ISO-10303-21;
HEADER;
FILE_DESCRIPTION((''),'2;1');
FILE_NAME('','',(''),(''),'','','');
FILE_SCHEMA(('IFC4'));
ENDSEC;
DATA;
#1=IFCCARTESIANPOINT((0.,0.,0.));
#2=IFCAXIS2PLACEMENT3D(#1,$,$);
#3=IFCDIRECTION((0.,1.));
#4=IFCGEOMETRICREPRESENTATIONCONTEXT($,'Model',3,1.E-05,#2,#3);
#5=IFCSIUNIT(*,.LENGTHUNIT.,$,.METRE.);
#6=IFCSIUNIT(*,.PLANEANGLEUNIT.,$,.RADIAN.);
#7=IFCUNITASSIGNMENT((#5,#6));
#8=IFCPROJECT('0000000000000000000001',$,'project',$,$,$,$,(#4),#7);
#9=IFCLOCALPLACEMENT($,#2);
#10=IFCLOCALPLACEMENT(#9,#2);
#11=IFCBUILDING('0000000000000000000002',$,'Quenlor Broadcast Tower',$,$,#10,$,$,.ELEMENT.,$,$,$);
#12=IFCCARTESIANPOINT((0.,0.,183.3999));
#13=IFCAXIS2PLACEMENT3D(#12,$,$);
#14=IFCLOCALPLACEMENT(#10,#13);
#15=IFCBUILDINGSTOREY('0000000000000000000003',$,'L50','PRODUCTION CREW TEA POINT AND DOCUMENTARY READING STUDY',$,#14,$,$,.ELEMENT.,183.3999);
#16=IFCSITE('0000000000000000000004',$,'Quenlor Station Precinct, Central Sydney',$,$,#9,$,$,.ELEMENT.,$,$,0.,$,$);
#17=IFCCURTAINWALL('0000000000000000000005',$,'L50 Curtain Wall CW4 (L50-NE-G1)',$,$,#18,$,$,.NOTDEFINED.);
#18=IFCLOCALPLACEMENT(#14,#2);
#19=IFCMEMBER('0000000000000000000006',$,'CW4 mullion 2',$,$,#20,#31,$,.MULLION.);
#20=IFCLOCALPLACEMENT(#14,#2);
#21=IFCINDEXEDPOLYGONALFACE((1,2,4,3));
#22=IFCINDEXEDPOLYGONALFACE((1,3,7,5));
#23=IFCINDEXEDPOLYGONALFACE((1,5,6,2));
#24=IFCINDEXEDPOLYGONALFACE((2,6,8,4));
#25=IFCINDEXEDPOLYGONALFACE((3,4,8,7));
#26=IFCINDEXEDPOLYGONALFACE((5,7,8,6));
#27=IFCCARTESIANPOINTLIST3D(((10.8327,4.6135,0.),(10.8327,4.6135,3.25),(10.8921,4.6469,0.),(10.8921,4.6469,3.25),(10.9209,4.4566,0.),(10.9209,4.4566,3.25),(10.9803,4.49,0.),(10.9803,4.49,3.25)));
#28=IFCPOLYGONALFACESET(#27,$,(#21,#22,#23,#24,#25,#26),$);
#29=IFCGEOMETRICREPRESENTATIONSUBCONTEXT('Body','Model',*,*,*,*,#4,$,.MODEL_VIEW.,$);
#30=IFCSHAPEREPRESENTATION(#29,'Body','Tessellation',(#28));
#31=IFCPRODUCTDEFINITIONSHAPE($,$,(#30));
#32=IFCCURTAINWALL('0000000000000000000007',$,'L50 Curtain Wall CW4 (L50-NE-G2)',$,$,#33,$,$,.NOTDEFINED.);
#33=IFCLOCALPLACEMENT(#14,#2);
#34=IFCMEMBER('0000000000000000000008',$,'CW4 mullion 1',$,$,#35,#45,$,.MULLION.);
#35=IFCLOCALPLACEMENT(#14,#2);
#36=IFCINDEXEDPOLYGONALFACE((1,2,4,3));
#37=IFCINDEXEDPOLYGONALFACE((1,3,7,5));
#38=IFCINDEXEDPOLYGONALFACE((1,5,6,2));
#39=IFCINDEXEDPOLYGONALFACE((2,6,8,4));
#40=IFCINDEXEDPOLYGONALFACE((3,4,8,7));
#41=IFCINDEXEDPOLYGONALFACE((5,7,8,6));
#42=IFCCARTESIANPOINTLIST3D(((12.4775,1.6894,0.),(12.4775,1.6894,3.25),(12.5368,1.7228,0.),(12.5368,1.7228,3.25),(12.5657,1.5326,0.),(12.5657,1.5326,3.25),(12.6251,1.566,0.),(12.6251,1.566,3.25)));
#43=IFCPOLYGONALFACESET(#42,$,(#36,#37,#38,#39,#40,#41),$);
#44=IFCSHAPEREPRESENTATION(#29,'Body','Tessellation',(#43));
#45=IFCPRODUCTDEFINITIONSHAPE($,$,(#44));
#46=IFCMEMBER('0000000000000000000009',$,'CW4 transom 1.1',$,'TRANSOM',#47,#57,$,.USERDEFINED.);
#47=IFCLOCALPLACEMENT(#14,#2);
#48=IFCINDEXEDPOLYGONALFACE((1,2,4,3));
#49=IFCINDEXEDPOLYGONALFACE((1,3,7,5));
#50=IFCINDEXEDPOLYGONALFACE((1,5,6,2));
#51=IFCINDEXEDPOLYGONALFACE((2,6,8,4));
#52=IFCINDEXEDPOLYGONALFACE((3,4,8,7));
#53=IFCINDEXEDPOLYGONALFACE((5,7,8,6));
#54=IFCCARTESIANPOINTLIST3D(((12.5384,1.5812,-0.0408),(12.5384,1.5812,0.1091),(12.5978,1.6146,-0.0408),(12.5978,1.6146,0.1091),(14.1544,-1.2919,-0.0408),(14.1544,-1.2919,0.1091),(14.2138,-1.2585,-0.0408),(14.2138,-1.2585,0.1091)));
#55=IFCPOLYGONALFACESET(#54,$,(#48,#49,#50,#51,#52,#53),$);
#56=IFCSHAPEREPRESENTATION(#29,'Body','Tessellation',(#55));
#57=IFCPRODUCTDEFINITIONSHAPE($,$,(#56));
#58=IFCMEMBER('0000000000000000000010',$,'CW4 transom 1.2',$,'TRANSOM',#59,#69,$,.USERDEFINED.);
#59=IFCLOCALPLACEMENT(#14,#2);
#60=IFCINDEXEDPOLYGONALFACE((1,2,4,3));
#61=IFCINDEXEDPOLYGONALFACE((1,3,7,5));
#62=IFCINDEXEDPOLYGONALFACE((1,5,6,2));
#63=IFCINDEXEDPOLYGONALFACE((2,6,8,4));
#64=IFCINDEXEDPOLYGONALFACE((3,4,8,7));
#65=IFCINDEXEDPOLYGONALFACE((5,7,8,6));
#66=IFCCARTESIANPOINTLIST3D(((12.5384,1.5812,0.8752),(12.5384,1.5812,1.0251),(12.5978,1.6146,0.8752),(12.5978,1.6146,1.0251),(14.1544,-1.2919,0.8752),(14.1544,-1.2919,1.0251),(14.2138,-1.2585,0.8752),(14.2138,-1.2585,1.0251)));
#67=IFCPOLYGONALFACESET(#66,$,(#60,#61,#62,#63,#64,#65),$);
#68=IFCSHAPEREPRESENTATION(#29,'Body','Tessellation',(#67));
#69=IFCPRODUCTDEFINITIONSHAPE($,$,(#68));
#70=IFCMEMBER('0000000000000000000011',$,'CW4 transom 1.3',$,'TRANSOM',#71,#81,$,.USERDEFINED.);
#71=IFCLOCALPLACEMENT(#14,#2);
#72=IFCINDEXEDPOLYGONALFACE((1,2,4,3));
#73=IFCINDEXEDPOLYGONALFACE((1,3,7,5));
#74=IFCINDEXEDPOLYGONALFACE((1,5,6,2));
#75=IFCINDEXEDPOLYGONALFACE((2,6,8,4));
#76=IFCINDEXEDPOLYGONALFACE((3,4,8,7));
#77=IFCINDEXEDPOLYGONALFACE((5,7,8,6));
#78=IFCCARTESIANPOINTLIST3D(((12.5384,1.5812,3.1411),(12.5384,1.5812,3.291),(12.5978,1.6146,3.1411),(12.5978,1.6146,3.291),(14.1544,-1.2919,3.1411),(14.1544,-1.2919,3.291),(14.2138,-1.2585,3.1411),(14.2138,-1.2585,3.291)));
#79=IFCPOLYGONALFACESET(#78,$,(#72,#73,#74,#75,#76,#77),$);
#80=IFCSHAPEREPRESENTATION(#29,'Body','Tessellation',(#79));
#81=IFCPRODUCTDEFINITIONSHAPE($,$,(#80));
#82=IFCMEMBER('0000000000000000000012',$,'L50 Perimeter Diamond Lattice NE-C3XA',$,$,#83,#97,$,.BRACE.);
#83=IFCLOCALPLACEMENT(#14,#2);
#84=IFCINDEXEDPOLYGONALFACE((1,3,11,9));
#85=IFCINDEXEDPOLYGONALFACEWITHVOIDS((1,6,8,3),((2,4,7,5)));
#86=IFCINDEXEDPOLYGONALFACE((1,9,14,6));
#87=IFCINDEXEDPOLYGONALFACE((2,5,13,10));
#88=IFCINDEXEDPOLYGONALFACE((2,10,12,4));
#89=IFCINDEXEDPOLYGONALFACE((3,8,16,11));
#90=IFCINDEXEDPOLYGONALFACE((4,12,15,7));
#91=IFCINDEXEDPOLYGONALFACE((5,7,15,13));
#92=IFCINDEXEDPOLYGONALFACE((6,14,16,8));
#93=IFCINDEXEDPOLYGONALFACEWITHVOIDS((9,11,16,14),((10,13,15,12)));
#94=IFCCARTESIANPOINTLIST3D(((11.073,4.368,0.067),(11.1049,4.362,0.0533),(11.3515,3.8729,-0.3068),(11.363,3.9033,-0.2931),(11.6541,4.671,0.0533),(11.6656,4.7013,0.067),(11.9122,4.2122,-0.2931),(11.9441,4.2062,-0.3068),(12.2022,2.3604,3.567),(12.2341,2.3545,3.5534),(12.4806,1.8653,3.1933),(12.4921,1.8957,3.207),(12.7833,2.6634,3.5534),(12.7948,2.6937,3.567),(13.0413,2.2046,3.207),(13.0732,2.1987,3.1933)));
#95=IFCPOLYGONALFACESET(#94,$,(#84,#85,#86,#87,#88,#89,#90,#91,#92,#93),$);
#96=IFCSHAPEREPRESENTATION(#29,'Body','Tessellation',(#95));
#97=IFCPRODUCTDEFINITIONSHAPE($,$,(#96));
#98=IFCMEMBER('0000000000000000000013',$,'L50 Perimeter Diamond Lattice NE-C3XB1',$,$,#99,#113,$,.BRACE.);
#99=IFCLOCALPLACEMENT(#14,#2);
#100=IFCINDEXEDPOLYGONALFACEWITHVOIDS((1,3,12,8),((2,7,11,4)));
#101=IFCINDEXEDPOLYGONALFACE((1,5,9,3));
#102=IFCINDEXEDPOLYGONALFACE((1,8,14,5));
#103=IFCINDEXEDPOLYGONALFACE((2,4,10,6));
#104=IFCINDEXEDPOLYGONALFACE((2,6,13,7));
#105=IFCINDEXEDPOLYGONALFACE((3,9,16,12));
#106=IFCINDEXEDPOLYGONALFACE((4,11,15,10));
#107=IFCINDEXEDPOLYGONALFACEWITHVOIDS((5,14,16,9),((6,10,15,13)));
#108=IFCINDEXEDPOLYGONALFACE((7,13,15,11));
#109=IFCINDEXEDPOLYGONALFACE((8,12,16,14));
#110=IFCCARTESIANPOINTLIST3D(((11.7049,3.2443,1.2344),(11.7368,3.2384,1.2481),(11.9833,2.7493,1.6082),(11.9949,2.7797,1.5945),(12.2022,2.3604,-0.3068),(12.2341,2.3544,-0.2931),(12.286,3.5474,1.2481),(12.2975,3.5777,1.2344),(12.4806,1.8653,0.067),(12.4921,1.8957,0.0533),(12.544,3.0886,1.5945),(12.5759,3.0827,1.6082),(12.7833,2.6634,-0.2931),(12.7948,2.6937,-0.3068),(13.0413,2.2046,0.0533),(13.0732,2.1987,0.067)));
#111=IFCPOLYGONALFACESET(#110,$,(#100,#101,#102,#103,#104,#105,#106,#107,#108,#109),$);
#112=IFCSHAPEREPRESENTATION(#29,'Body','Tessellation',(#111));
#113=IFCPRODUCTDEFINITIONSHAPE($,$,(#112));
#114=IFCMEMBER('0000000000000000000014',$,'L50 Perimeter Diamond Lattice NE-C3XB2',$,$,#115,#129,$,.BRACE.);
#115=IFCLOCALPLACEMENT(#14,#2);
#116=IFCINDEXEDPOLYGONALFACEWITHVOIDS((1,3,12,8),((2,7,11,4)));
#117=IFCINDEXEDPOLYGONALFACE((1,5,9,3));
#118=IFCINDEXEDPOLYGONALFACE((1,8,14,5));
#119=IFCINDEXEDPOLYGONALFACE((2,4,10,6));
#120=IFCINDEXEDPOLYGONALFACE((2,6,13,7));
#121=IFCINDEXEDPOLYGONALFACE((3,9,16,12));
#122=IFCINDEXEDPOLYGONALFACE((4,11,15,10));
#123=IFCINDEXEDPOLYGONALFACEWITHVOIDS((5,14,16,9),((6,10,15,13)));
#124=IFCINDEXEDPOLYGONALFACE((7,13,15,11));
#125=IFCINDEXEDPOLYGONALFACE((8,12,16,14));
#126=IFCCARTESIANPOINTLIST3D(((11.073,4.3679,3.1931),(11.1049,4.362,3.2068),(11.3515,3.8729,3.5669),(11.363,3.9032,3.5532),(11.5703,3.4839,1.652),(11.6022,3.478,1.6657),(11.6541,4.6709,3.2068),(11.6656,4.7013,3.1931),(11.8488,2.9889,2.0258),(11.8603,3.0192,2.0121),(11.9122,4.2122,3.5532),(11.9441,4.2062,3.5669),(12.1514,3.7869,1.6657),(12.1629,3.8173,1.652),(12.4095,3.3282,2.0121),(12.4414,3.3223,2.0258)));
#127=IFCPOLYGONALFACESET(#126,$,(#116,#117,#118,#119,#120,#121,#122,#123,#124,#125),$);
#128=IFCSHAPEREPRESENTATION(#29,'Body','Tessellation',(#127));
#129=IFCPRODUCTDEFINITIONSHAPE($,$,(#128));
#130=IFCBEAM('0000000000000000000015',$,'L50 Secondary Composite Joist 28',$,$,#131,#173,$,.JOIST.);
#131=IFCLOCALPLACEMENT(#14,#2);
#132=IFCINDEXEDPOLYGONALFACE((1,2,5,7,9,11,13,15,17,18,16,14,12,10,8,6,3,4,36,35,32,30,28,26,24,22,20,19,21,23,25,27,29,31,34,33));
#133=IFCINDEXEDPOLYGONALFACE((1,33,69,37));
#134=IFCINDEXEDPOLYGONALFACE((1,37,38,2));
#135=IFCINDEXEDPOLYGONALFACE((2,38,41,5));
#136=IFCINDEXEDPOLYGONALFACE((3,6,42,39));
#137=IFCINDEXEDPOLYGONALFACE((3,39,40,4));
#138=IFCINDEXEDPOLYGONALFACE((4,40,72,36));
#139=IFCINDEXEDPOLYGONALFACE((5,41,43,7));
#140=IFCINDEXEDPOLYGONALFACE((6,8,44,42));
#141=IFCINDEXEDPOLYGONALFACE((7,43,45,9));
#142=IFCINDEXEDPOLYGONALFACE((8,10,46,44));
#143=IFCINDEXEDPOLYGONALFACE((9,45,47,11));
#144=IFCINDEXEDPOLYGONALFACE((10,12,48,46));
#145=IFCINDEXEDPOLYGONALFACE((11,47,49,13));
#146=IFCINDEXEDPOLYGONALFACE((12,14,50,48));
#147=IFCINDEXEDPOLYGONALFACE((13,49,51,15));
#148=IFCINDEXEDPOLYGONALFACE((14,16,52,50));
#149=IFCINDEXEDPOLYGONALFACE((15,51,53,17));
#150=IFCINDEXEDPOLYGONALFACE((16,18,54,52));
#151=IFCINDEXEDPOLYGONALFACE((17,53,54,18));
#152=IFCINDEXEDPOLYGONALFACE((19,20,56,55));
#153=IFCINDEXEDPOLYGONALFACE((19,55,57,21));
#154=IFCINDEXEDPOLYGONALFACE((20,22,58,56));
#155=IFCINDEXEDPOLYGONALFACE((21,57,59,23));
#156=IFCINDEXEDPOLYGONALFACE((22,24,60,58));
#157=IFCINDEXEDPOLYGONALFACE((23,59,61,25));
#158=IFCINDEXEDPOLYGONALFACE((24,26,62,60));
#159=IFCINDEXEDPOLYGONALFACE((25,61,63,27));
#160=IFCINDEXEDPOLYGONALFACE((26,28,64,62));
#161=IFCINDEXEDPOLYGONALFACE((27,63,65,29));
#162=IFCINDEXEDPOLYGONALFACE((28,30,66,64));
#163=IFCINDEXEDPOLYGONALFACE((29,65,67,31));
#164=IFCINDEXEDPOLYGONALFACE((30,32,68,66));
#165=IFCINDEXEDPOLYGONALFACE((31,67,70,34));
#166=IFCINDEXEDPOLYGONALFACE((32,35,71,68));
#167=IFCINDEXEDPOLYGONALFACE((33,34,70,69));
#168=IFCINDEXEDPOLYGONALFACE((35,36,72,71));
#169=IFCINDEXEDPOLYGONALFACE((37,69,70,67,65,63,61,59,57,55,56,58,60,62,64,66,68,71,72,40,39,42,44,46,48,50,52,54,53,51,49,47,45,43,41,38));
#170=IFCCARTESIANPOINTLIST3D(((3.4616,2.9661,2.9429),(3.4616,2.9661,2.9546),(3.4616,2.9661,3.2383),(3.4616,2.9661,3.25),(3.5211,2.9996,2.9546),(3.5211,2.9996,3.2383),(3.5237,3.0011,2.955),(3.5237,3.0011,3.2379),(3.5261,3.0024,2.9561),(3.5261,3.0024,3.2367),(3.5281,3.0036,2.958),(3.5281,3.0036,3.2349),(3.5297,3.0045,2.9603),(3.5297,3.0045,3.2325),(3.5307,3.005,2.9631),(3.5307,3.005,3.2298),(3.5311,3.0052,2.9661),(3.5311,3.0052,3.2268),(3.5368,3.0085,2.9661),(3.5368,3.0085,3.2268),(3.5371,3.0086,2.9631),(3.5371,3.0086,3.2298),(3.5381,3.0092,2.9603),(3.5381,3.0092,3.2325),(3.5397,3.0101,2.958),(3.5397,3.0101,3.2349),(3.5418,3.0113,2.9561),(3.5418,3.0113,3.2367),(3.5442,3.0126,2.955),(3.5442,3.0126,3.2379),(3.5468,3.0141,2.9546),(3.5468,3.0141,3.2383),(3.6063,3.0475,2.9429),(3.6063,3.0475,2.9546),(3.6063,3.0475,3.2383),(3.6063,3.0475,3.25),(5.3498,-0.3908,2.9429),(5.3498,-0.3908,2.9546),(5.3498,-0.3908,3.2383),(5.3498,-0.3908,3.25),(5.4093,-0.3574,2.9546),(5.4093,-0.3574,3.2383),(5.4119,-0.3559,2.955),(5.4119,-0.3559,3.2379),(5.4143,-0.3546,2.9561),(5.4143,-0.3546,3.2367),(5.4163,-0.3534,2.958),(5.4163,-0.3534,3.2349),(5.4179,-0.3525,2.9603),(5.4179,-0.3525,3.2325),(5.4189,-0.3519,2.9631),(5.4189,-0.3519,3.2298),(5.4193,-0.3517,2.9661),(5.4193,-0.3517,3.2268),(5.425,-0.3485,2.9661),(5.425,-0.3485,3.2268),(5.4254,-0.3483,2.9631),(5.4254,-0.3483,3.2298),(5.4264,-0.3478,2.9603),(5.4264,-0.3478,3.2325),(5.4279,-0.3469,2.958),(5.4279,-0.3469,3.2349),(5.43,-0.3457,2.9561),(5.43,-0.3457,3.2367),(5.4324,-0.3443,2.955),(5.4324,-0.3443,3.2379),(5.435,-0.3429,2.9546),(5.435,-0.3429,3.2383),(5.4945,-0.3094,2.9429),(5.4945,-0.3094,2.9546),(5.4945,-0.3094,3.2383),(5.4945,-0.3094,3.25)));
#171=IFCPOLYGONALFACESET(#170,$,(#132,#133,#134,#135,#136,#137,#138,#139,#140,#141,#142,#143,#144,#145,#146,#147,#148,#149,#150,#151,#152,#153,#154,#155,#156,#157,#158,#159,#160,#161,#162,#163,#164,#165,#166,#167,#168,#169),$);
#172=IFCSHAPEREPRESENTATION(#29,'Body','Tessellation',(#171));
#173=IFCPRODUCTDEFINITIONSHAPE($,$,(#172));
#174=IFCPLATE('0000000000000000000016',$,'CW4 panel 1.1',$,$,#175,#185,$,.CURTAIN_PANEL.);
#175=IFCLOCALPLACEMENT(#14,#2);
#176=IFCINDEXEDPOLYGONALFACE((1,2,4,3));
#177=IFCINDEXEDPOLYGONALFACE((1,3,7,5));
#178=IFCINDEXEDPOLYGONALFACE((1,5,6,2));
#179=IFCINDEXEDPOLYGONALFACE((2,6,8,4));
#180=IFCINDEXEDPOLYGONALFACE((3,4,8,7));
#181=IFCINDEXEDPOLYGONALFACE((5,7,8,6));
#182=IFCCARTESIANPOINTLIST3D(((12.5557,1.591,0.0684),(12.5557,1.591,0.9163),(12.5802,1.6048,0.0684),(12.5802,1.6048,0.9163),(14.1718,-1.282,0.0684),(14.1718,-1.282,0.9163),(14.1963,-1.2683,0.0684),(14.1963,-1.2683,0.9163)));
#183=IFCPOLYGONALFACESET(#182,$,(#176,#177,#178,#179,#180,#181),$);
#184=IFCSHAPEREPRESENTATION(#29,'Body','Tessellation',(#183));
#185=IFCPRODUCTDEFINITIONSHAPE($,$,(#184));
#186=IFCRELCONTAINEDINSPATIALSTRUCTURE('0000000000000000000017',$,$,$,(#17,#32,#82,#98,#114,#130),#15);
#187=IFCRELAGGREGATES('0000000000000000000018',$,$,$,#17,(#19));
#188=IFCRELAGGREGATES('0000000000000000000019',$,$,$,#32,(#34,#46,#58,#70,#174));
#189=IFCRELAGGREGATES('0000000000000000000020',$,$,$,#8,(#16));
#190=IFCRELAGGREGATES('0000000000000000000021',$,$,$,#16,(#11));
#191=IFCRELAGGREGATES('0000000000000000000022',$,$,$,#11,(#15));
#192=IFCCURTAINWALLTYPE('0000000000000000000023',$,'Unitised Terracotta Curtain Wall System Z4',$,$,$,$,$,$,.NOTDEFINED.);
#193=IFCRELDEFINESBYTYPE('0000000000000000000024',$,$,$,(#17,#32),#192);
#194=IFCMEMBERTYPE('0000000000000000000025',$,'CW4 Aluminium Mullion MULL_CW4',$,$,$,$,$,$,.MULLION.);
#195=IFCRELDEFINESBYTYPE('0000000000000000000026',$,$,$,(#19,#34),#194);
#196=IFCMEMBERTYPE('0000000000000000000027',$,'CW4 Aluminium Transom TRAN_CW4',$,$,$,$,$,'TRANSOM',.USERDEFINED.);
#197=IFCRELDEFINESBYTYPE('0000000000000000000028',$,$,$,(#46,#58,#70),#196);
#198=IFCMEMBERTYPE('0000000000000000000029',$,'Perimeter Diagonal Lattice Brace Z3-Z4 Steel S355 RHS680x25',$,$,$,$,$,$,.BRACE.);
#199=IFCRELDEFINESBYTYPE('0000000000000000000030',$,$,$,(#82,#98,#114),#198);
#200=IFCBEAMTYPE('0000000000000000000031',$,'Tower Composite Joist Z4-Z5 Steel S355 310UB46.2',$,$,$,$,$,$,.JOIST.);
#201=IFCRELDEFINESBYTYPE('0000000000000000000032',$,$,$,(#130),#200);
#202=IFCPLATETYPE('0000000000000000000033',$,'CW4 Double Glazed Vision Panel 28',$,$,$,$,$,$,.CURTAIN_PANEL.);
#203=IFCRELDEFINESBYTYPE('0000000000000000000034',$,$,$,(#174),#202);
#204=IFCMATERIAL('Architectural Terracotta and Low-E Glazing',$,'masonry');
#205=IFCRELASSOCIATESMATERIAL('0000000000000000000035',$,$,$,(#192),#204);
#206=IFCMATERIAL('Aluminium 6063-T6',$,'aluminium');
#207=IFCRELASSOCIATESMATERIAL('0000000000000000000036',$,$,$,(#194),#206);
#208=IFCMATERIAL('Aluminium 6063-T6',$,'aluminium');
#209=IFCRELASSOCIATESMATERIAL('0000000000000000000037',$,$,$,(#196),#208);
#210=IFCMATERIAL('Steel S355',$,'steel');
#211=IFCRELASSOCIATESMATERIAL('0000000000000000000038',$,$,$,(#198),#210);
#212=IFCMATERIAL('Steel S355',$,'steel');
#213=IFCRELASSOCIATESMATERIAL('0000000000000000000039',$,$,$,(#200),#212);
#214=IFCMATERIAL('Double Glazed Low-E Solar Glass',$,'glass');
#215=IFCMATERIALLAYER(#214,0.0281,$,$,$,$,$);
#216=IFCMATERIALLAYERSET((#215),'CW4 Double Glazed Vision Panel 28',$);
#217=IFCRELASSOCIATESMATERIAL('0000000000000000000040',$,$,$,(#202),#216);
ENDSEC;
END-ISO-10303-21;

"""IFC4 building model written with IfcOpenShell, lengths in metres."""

from ifc_helpers import new_model, si_unit, direction, frame, origin, origin_2d, place, context, subcontext, project, spatial, rectangle, hollow_rectangle, i_section, extrude, material, layer, layer_set, material_profile, profile_set, type_object, element, aggregate, save


model = new_model("IFC4")

# Units and contexts
model_context = context("Model", 3, precision=1e-05, world=origin(), true_north=direction((0.0, 1.0)))
body_context = subcontext(model_context, "Body", "Model", "MODEL_VIEW")
ifc_project = project(units=[si_unit("LENGTHUNIT", "METRE"), si_unit("PLANEANGLEUNIT", "RADIAN")], contexts=[model_context])

# Site, building, storey
site_placement = place(None, origin())
site = spatial("IfcSite", under=ifc_project, at=site_placement, Name="Quenlor Station Precinct, Central Sydney", CompositionType="ELEMENT", RefElevation=0.0)
building_placement = place(site_placement, origin())
building = spatial("IfcBuilding", under=site, at=building_placement, Name="Quenlor Broadcast Tower", CompositionType="ELEMENT")
storey_placement = place(building_placement, frame((0.0, 0.0, 183.3999)))
storey = spatial("IfcBuildingStorey", under=building, at=storey_placement, Name="L50", Description="PRODUCTION CREW TEA POINT AND DOCUMENTARY READING STUDY", CompositionType="ELEMENT", Elevation=183.3999)

# Curtain wall, member
ifc_material_1 = material(Name="Architectural Terracotta and Low-E Glazing", Category="masonry")
curtain_wall_type = type_object("IfcCurtainWallType", Name="Unitised Terracotta Curtain Wall System Z4", PredefinedType="NOTDEFINED", material=ifc_material_1)
curtain_wall_1_placement = place(storey_placement, origin())
curtain_wall_1 = element("IfcCurtainWall", 1, at=curtain_wall_1_placement, inside=storey, type_object=curtain_wall_type, Name="L50 Curtain Wall CW4 (L50-NE-G1)", PredefinedType="NOTDEFINED")
ifc_material_2 = material(Name="Aluminium 6063-T6", Category="aluminium")
ifc_material_profile_1 = material_profile(ifc_material_2, rectangle(XDim=0.0681, YDim=0.1799, at=origin_2d()))
ifc_profile_set_1 = profile_set([ifc_material_profile_1], Name="Aluminium 6063-T6 MULL68x180")
member_type_1 = type_object("IfcMemberType", Name="CW4 Aluminium Mullion MULL_CW4", PredefinedType="MULLION", material=ifc_profile_set_1)
member_1_placement = place(storey_placement, frame((10.9065, 4.5518, 0.0), z_axis=(0.0, 0.0, 1.0), x_axis=(0.871578, 0.490257, 0.0)))
member_1 = element("IfcMember", 2, at=member_1_placement, type_object=member_type_1, Name="CW4 mullion 2", PredefinedType="MULLION", context=body_context, shape_type="SweptSolid", body=[
    extrude(rectangle(XDim=0.0681, YDim=0.1799, at=origin_2d()), origin(), (0.0, 0.0, 1.0), 3.25),
])
aggregate(curtain_wall_1, [member_1])

# Curtain wall, members
curtain_wall_2_placement = place(storey_placement, origin())
curtain_wall_2 = element("IfcCurtainWall", 3, at=curtain_wall_2_placement, inside=storey, type_object=curtain_wall_type, Name="L50 Curtain Wall CW4 (L50-NE-G2)", PredefinedType="NOTDEFINED")
member_2_placement = place(storey_placement, frame((12.5513, 1.6277, 0.0), z_axis=(0.0, 0.0, 1.0), x_axis=(0.871578, 0.490257, 0.0)))
member_2 = element("IfcMember", 4, at=member_2_placement, type_object=member_type_1, Name="CW4 mullion 1", PredefinedType="MULLION", context=body_context, shape_type="SweptSolid", body=[
    extrude(rectangle(XDim=0.0681, YDim=0.1799, at=origin_2d()), origin(), (0.0, 0.0, 1.0), 3.25),
])
ifc_material_3 = material(Name="Aluminium 6063-T6", Category="aluminium")
ifc_material_profile_2 = material_profile(ifc_material_3, rectangle(XDim=0.0681, YDim=0.1499, at=origin_2d()))
ifc_profile_set_2 = profile_set([ifc_material_profile_2], Name="Aluminium 6063-T6 TRAN68x150")
member_type_2 = type_object("IfcMemberType", Name="CW4 Aluminium Transom TRAN_CW4", ElementType="TRANSOM", PredefinedType="USERDEFINED", material=ifc_profile_set_2)
member_3_placement = place(storey_placement, frame((12.5681, 1.5979, 0.0342), z_axis=(0.490233, -0.871591, 0.0), x_axis=(0.871591, 0.490233, 0.0)))
member_3 = element("IfcMember", 5, at=member_3_placement, type_object=member_type_2, Name="CW4 transom 1.1", ObjectType="TRANSOM", PredefinedType="USERDEFINED", context=body_context, shape_type="SweptSolid", body=[
    extrude(rectangle(XDim=0.0681, YDim=0.1499, at=origin_2d()), origin(), (0.0, 0.0, 1.0), 3.2964),
])
member_4_placement = place(storey_placement, frame((12.5681, 1.5979, 0.9502), z_axis=(0.490233, -0.871591, 0.0), x_axis=(0.871591, 0.490233, 0.0)))
member_4 = element("IfcMember", 6, at=member_4_placement, type_object=member_type_2, Name="CW4 transom 1.2", ObjectType="TRANSOM", PredefinedType="USERDEFINED", context=body_context, shape_type="SweptSolid", body=[
    extrude(rectangle(XDim=0.0681, YDim=0.1499, at=origin_2d()), origin(), (0.0, 0.0, 1.0), 3.2964),
])
member_5_placement = place(storey_placement, frame((12.5681, 1.5979, 3.2161), z_axis=(0.490233, -0.871591, 0.0), x_axis=(0.871591, 0.490233, 0.0)))
member_5 = element("IfcMember", 7, at=member_5_placement, type_object=member_type_2, Name="CW4 transom 1.3", ObjectType="TRANSOM", PredefinedType="USERDEFINED", context=body_context, shape_type="SweptSolid", body=[
    extrude(rectangle(XDim=0.0681, YDim=0.1499, at=origin_2d()), origin(), (0.0, 0.0, 1.0), 3.2964),
])

# Members
ifc_material_4 = material(Name="Steel S355", Category="steel")
ifc_material_profile_3 = material_profile(ifc_material_4, hollow_rectangle(XDim=0.6799, YDim=0.6799, WallThickness=0.0249, at=origin_2d()))
ifc_profile_set_3 = profile_set([ifc_material_profile_3], Name="Steel S355 RHS680x680x25")
member_type_3 = type_object("IfcMemberType", Name="Perimeter Diagonal Lattice Brace Z3-Z4 Steel S355 RHS680x25", PredefinedType="BRACE", material=ifc_profile_set_3)
member_6_placement = place(storey_placement, frame((11.5085, 4.2871, -0.1199), z_axis=(0.269493, -0.479144, 0.835341), x_axis=(0.871595, 0.490226, 0.0)))
element("IfcMember", 8, at=member_6_placement, inside=storey, type_object=member_type_3, Name="L50 Perimeter Diamond Lattice NE-C3XA", PredefinedType="BRACE", context=body_context, shape_type="SweptSolid", body=[
    extrude(hollow_rectangle(XDim=0.6799, YDim=0.6799, WallThickness=0.0249, at=origin_2d()), origin(), (0.0, 0.0, 1.0), 4.1899),
])
for number, where, z_axis, x_axis, name in (
    (9, (12.6377, 2.2795, -0.1199), (-0.269536, 0.47913, 0.835335), (-0.871556, -0.490296, 0.0), "L50 Perimeter Diamond Lattice NE-C3XB1"),
    (10, (12.0059, 3.4031, 1.8389), (-0.269536, 0.47913, 0.835335), (-0.871556, -0.490296, 0.0), "L50 Perimeter Diamond Lattice NE-C3XB2"),
):
    element("IfcMember", number, at=place(storey_placement, frame(where, z_axis=z_axis, x_axis=x_axis)), inside=storey, type_object=member_type_3, Name=name, PredefinedType="BRACE", context=body_context, shape_type="SweptSolid", body=[
        extrude(hollow_rectangle(XDim=0.6799, YDim=0.6799, WallThickness=0.0249, at=origin_2d()), origin(), (0.0, 0.0, 1.0), 1.845),
    ])

# Beam
ifc_material_5 = material(Name="Steel S355", Category="steel")
ifc_material_profile_4 = material_profile(ifc_material_5, i_section(OverallWidth=0.166, OverallDepth=0.3071, WebThickness=0.0066, FlangeThickness=0.0117, FilletRadius=0.0115, at=origin_2d()))
ifc_profile_set_4 = profile_set([ifc_material_profile_4], Name="Steel S355 310UB46.2")
beam_type = type_object("IfcBeamType", Name="Tower Composite Joist Z4-Z5 Steel S355 310UB46.2", PredefinedType="JOIST", material=ifc_profile_set_4)
beam_placement = place(storey_placement, frame((3.5339, 3.0068, 3.0964), z_axis=(0.490243, -0.871586, 0.0), x_axis=(0.871586, 0.490243, 0.0)))
element("IfcBeam", 11, at=beam_placement, inside=storey, type_object=beam_type, Name="L50 Secondary Composite Joist 28", PredefinedType="JOIST", context=body_context, shape_type="SweptSolid", body=[
    extrude(i_section(OverallWidth=0.166, OverallDepth=0.3071, WebThickness=0.0066, FlangeThickness=0.0117, FilletRadius=0.0115, at=origin_2d()), origin(), (0.0, 0.0, 1.0), 3.8516),
])

# Plate
ifc_material_6 = material(Name="Double Glazed Low-E Solar Glass", Category="glass")
ifc_layer_1 = layer(ifc_material_6, 0.0281)
ifc_layer_set_1 = layer_set([ifc_layer_1], Name="CW4 Double Glazed Vision Panel 28")
plate_type_1 = type_object("IfcPlateType", Name="CW4 Double Glazed Vision Panel 28", PredefinedType="CURTAIN_PANEL", material=ifc_layer_set_1)
plate_1_placement = place(storey_placement, frame((13.376, 0.1614, 0.0684), z_axis=(0.0, 0.0, 1.0), x_axis=(0.490257, -0.871578, 0.0)))
plate_1 = element("IfcPlate", 12, at=plate_1_placement, type_object=plate_type_1, Name="CW4 panel 1.1", PredefinedType="CURTAIN_PANEL", context=body_context, shape_type="SweptSolid", body=[
    extrude(rectangle(XDim=3.2964, YDim=0.0281, at=origin_2d()), origin(), (0.0, 0.0, 1.0), 0.8479),
])
aggregate(curtain_wall_2, [member_2, member_3, member_4, member_5, plate_1])

save(model, "model.ifc")
